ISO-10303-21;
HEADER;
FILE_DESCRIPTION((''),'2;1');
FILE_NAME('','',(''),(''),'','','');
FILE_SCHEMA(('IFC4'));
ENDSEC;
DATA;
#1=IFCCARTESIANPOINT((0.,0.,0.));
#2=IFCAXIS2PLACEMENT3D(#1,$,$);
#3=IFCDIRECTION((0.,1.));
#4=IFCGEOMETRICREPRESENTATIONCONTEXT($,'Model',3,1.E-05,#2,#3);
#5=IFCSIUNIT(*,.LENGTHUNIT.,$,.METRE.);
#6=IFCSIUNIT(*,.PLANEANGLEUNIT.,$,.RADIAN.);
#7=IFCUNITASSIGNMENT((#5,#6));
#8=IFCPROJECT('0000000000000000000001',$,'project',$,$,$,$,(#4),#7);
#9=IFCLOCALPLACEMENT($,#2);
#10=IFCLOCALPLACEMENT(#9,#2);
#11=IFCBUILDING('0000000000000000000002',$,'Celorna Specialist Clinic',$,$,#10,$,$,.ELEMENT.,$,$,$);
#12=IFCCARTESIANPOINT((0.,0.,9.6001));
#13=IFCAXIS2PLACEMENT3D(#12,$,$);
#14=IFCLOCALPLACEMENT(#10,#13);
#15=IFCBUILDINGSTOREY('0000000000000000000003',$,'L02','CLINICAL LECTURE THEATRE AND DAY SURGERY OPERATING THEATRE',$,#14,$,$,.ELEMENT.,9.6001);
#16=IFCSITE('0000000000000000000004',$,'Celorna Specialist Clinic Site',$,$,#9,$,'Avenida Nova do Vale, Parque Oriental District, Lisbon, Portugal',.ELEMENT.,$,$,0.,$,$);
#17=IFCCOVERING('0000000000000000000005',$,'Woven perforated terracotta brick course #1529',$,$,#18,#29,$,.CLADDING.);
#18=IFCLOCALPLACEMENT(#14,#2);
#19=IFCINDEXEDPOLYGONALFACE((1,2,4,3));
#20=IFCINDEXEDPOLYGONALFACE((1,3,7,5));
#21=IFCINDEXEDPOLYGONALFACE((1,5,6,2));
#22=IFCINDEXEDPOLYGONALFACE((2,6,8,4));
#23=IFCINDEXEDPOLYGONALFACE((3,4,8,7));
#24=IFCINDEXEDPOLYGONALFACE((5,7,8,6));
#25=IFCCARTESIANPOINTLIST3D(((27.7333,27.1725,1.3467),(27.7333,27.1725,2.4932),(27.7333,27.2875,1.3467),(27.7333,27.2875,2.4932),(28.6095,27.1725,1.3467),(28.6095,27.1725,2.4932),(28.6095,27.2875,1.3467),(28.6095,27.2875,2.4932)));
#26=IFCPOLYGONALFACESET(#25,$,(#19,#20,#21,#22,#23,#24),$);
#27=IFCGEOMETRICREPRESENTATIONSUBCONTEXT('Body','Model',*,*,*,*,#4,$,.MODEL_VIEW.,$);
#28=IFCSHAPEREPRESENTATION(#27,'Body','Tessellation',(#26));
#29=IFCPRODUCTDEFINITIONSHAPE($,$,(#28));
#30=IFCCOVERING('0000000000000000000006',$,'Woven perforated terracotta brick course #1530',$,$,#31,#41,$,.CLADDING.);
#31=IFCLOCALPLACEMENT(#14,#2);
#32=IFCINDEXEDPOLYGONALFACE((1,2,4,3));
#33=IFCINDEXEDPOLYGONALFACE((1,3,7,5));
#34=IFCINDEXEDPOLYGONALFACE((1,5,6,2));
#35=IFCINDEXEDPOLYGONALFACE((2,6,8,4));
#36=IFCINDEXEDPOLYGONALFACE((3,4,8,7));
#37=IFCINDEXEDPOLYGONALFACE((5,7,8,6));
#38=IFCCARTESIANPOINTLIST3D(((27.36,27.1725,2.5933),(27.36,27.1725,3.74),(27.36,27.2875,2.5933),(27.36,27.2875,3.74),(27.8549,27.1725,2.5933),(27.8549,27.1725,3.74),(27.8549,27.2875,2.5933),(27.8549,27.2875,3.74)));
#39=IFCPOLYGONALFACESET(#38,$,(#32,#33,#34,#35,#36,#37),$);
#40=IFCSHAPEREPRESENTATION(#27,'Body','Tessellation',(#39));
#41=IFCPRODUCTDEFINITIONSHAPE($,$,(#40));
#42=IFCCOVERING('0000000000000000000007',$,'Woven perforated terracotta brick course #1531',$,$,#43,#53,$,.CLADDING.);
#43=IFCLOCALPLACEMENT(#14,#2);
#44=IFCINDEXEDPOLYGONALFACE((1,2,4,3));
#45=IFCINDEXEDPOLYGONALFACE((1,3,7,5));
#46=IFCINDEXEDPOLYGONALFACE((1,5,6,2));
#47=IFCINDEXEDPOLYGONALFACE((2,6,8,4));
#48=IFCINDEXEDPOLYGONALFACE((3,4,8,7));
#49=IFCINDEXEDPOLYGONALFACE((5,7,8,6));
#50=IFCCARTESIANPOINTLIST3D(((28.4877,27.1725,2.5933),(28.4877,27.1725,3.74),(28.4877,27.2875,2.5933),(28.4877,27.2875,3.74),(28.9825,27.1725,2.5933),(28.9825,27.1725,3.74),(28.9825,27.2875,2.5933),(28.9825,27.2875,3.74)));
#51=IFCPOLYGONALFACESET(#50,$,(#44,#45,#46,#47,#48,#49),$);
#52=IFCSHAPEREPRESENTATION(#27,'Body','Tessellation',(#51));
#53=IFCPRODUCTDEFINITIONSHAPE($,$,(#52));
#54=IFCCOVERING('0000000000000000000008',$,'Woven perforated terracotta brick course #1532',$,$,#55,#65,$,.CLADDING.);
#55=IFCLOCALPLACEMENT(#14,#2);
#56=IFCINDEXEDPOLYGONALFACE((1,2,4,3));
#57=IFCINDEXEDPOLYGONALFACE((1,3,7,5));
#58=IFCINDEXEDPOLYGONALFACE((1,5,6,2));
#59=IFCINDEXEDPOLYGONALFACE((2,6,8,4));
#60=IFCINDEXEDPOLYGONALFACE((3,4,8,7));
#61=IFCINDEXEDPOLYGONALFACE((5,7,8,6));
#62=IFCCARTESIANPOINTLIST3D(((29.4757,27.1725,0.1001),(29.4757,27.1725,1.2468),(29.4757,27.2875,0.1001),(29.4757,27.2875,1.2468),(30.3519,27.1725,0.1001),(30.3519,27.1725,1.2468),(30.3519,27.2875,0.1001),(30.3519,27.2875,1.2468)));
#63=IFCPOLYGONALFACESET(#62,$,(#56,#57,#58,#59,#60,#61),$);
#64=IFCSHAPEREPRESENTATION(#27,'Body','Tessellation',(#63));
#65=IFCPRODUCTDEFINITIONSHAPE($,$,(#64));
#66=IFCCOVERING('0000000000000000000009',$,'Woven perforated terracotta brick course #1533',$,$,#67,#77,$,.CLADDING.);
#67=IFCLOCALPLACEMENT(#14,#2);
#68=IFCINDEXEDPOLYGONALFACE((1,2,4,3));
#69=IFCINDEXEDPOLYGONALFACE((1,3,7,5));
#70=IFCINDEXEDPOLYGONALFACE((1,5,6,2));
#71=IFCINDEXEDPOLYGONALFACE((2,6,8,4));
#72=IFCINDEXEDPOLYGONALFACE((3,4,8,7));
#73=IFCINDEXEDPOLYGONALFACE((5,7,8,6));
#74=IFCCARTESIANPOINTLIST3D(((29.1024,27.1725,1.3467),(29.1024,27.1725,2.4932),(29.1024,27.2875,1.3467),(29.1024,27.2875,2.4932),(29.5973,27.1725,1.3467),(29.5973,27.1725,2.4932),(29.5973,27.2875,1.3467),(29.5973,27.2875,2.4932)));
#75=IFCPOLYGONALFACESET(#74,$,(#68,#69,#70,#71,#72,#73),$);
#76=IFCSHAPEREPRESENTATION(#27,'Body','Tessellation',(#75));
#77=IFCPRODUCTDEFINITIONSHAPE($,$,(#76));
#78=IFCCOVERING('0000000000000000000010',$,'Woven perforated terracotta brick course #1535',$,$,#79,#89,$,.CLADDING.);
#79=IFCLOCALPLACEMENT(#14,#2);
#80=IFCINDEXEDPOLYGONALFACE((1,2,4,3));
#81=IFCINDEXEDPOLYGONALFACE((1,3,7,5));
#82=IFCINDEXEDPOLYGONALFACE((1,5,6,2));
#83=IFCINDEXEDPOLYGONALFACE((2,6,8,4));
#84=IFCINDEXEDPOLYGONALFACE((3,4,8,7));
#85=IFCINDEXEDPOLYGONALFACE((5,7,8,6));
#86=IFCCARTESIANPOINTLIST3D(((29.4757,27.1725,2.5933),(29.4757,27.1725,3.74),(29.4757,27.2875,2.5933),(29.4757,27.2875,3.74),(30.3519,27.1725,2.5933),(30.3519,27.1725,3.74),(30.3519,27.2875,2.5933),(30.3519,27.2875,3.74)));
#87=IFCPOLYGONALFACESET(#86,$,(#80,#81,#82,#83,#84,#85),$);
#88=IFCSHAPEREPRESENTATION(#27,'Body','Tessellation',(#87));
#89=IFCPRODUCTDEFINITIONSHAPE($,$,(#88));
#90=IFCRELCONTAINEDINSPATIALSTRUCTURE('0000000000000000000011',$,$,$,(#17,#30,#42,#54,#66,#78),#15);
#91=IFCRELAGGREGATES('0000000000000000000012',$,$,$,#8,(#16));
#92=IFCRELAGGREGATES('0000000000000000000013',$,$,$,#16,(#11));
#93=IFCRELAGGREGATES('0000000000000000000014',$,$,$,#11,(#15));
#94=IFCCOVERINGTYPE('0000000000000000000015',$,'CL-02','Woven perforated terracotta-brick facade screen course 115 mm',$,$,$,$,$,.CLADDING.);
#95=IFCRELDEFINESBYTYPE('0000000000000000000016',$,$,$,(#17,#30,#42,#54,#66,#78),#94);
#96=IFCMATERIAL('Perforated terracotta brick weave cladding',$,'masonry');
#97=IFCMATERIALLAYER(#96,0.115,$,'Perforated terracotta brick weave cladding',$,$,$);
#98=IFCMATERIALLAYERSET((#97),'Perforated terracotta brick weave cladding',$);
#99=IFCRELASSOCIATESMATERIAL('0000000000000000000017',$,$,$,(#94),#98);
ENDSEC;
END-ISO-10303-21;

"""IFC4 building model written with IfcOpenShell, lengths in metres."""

from ifc_helpers import new_model, si_unit, direction, frame, origin, origin_2d, place, context, subcontext, project, spatial, rectangle, extrude, material, layer, layer_set, type_object, element, save


model = new_model("IFC4")

# Units and contexts
model_context = context("Model", 3, precision=1e-05, world=origin(), true_north=direction((0.0, 1.0)))
body_context = subcontext(model_context, "Body", "Model", "MODEL_VIEW")
ifc_project = project(units=[si_unit("LENGTHUNIT", "METRE"), si_unit("PLANEANGLEUNIT", "RADIAN")], contexts=[model_context])

# Site, building, storey
site_placement = place(None, origin())
site = spatial("IfcSite", under=ifc_project, at=site_placement, Name="Celorna Specialist Clinic Site", LongName="Avenida Nova do Vale, Parque Oriental District, Lisbon, Portugal", CompositionType="ELEMENT", RefElevation=0.0)
building_placement = place(site_placement, origin())
building = spatial("IfcBuilding", under=site, at=building_placement, Name="Celorna Specialist Clinic", CompositionType="ELEMENT")
storey_placement = place(building_placement, frame((0.0, 0.0, 9.6001)))
storey = spatial("IfcBuildingStorey", under=building, at=storey_placement, Name="L02", Description="CLINICAL LECTURE THEATRE AND DAY SURGERY OPERATING THEATRE", CompositionType="ELEMENT", Elevation=9.6001)

# Coverings
ifc_material_1 = material(Name="Perforated terracotta brick weave cladding", Category="masonry")
ifc_layer_1 = layer(ifc_material_1, 0.115, Name="Perforated terracotta brick weave cladding")
ifc_layer_set_1 = layer_set([ifc_layer_1], Name="Perforated terracotta brick weave cladding")
covering_type = type_object("IfcCoveringType", Name="CL-02", Description="Woven perforated terracotta-brick facade screen course 115 mm", PredefinedType="CLADDING", material=ifc_layer_set_1)
covering_1_placement = place(storey_placement, frame((28.1714, 27.23, 1.3467), z_axis=(0.0, 0.0, 1.0), x_axis=(1.0, 0.0, 0.0)))
element("IfcCovering", 1, at=covering_1_placement, inside=storey, type_object=covering_type, Name="Woven perforated terracotta brick course #1529", PredefinedType="CLADDING", context=body_context, shape_type="SweptSolid", body=[
    extrude(rectangle(XDim=0.8762, YDim=0.115, at=origin_2d()), origin(), (0.0, 0.0, 1.0), 1.1465),
])
for number, where, z_axis, x_axis, name in (
    (2, (27.6074, 27.23, 2.5933), (0.0, 0.0, 1.0), (1.0, 0.0, 0.0), "Woven perforated terracotta brick course #1530"),
    (3, (28.7351, 27.23, 2.5933), (0.0, 0.0, 1.0), (1.0, 0.0, 0.0), "Woven perforated terracotta brick course #1531"),
):
    element("IfcCovering", number, at=place(storey_placement, frame(where, z_axis=z_axis, x_axis=x_axis)), inside=storey, type_object=covering_type, Name=name, PredefinedType="CLADDING", context=body_context, shape_type="SweptSolid", body=[
        extrude(rectangle(XDim=0.4949, YDim=0.115, at=origin_2d()), origin(), (0.0, 0.0, 1.0), 1.1467),
    ])
covering_2_placement = place(storey_placement, frame((29.9138, 27.23, 0.1001), z_axis=(0.0, 0.0, 1.0), x_axis=(1.0, 0.0, 0.0)))
element("IfcCovering", 4, at=covering_2_placement, inside=storey, type_object=covering_type, Name="Woven perforated terracotta brick course #1532", PredefinedType="CLADDING", context=body_context, shape_type="SweptSolid", body=[
    extrude(rectangle(XDim=0.8762, YDim=0.115, at=origin_2d()), origin(), (0.0, 0.0, 1.0), 1.1467),
])
covering_3_placement = place(storey_placement, frame((29.3499, 27.23, 1.3467), z_axis=(0.0, 0.0, 1.0), x_axis=(1.0, 0.0, 0.0)))
element("IfcCovering", 5, at=covering_3_placement, inside=storey, type_object=covering_type, Name="Woven perforated terracotta brick course #1533", PredefinedType="CLADDING", context=body_context, shape_type="SweptSolid", body=[
    extrude(rectangle(XDim=0.4949, YDim=0.115, at=origin_2d()), origin(), (0.0, 0.0, 1.0), 1.1465),
])
covering_4_placement = place(storey_placement, frame((29.9138, 27.23, 2.5933), z_axis=(0.0, 0.0, 1.0), x_axis=(1.0, 0.0, 0.0)))
element("IfcCovering", 6, at=covering_4_placement, inside=storey, type_object=covering_type, Name="Woven perforated terracotta brick course #1535", PredefinedType="CLADDING", context=body_context, shape_type="SweptSolid", body=[
    extrude(rectangle(XDim=0.8762, YDim=0.115, at=origin_2d()), origin(), (0.0, 0.0, 1.0), 1.1467),
])

save(model, "model.ifc")
